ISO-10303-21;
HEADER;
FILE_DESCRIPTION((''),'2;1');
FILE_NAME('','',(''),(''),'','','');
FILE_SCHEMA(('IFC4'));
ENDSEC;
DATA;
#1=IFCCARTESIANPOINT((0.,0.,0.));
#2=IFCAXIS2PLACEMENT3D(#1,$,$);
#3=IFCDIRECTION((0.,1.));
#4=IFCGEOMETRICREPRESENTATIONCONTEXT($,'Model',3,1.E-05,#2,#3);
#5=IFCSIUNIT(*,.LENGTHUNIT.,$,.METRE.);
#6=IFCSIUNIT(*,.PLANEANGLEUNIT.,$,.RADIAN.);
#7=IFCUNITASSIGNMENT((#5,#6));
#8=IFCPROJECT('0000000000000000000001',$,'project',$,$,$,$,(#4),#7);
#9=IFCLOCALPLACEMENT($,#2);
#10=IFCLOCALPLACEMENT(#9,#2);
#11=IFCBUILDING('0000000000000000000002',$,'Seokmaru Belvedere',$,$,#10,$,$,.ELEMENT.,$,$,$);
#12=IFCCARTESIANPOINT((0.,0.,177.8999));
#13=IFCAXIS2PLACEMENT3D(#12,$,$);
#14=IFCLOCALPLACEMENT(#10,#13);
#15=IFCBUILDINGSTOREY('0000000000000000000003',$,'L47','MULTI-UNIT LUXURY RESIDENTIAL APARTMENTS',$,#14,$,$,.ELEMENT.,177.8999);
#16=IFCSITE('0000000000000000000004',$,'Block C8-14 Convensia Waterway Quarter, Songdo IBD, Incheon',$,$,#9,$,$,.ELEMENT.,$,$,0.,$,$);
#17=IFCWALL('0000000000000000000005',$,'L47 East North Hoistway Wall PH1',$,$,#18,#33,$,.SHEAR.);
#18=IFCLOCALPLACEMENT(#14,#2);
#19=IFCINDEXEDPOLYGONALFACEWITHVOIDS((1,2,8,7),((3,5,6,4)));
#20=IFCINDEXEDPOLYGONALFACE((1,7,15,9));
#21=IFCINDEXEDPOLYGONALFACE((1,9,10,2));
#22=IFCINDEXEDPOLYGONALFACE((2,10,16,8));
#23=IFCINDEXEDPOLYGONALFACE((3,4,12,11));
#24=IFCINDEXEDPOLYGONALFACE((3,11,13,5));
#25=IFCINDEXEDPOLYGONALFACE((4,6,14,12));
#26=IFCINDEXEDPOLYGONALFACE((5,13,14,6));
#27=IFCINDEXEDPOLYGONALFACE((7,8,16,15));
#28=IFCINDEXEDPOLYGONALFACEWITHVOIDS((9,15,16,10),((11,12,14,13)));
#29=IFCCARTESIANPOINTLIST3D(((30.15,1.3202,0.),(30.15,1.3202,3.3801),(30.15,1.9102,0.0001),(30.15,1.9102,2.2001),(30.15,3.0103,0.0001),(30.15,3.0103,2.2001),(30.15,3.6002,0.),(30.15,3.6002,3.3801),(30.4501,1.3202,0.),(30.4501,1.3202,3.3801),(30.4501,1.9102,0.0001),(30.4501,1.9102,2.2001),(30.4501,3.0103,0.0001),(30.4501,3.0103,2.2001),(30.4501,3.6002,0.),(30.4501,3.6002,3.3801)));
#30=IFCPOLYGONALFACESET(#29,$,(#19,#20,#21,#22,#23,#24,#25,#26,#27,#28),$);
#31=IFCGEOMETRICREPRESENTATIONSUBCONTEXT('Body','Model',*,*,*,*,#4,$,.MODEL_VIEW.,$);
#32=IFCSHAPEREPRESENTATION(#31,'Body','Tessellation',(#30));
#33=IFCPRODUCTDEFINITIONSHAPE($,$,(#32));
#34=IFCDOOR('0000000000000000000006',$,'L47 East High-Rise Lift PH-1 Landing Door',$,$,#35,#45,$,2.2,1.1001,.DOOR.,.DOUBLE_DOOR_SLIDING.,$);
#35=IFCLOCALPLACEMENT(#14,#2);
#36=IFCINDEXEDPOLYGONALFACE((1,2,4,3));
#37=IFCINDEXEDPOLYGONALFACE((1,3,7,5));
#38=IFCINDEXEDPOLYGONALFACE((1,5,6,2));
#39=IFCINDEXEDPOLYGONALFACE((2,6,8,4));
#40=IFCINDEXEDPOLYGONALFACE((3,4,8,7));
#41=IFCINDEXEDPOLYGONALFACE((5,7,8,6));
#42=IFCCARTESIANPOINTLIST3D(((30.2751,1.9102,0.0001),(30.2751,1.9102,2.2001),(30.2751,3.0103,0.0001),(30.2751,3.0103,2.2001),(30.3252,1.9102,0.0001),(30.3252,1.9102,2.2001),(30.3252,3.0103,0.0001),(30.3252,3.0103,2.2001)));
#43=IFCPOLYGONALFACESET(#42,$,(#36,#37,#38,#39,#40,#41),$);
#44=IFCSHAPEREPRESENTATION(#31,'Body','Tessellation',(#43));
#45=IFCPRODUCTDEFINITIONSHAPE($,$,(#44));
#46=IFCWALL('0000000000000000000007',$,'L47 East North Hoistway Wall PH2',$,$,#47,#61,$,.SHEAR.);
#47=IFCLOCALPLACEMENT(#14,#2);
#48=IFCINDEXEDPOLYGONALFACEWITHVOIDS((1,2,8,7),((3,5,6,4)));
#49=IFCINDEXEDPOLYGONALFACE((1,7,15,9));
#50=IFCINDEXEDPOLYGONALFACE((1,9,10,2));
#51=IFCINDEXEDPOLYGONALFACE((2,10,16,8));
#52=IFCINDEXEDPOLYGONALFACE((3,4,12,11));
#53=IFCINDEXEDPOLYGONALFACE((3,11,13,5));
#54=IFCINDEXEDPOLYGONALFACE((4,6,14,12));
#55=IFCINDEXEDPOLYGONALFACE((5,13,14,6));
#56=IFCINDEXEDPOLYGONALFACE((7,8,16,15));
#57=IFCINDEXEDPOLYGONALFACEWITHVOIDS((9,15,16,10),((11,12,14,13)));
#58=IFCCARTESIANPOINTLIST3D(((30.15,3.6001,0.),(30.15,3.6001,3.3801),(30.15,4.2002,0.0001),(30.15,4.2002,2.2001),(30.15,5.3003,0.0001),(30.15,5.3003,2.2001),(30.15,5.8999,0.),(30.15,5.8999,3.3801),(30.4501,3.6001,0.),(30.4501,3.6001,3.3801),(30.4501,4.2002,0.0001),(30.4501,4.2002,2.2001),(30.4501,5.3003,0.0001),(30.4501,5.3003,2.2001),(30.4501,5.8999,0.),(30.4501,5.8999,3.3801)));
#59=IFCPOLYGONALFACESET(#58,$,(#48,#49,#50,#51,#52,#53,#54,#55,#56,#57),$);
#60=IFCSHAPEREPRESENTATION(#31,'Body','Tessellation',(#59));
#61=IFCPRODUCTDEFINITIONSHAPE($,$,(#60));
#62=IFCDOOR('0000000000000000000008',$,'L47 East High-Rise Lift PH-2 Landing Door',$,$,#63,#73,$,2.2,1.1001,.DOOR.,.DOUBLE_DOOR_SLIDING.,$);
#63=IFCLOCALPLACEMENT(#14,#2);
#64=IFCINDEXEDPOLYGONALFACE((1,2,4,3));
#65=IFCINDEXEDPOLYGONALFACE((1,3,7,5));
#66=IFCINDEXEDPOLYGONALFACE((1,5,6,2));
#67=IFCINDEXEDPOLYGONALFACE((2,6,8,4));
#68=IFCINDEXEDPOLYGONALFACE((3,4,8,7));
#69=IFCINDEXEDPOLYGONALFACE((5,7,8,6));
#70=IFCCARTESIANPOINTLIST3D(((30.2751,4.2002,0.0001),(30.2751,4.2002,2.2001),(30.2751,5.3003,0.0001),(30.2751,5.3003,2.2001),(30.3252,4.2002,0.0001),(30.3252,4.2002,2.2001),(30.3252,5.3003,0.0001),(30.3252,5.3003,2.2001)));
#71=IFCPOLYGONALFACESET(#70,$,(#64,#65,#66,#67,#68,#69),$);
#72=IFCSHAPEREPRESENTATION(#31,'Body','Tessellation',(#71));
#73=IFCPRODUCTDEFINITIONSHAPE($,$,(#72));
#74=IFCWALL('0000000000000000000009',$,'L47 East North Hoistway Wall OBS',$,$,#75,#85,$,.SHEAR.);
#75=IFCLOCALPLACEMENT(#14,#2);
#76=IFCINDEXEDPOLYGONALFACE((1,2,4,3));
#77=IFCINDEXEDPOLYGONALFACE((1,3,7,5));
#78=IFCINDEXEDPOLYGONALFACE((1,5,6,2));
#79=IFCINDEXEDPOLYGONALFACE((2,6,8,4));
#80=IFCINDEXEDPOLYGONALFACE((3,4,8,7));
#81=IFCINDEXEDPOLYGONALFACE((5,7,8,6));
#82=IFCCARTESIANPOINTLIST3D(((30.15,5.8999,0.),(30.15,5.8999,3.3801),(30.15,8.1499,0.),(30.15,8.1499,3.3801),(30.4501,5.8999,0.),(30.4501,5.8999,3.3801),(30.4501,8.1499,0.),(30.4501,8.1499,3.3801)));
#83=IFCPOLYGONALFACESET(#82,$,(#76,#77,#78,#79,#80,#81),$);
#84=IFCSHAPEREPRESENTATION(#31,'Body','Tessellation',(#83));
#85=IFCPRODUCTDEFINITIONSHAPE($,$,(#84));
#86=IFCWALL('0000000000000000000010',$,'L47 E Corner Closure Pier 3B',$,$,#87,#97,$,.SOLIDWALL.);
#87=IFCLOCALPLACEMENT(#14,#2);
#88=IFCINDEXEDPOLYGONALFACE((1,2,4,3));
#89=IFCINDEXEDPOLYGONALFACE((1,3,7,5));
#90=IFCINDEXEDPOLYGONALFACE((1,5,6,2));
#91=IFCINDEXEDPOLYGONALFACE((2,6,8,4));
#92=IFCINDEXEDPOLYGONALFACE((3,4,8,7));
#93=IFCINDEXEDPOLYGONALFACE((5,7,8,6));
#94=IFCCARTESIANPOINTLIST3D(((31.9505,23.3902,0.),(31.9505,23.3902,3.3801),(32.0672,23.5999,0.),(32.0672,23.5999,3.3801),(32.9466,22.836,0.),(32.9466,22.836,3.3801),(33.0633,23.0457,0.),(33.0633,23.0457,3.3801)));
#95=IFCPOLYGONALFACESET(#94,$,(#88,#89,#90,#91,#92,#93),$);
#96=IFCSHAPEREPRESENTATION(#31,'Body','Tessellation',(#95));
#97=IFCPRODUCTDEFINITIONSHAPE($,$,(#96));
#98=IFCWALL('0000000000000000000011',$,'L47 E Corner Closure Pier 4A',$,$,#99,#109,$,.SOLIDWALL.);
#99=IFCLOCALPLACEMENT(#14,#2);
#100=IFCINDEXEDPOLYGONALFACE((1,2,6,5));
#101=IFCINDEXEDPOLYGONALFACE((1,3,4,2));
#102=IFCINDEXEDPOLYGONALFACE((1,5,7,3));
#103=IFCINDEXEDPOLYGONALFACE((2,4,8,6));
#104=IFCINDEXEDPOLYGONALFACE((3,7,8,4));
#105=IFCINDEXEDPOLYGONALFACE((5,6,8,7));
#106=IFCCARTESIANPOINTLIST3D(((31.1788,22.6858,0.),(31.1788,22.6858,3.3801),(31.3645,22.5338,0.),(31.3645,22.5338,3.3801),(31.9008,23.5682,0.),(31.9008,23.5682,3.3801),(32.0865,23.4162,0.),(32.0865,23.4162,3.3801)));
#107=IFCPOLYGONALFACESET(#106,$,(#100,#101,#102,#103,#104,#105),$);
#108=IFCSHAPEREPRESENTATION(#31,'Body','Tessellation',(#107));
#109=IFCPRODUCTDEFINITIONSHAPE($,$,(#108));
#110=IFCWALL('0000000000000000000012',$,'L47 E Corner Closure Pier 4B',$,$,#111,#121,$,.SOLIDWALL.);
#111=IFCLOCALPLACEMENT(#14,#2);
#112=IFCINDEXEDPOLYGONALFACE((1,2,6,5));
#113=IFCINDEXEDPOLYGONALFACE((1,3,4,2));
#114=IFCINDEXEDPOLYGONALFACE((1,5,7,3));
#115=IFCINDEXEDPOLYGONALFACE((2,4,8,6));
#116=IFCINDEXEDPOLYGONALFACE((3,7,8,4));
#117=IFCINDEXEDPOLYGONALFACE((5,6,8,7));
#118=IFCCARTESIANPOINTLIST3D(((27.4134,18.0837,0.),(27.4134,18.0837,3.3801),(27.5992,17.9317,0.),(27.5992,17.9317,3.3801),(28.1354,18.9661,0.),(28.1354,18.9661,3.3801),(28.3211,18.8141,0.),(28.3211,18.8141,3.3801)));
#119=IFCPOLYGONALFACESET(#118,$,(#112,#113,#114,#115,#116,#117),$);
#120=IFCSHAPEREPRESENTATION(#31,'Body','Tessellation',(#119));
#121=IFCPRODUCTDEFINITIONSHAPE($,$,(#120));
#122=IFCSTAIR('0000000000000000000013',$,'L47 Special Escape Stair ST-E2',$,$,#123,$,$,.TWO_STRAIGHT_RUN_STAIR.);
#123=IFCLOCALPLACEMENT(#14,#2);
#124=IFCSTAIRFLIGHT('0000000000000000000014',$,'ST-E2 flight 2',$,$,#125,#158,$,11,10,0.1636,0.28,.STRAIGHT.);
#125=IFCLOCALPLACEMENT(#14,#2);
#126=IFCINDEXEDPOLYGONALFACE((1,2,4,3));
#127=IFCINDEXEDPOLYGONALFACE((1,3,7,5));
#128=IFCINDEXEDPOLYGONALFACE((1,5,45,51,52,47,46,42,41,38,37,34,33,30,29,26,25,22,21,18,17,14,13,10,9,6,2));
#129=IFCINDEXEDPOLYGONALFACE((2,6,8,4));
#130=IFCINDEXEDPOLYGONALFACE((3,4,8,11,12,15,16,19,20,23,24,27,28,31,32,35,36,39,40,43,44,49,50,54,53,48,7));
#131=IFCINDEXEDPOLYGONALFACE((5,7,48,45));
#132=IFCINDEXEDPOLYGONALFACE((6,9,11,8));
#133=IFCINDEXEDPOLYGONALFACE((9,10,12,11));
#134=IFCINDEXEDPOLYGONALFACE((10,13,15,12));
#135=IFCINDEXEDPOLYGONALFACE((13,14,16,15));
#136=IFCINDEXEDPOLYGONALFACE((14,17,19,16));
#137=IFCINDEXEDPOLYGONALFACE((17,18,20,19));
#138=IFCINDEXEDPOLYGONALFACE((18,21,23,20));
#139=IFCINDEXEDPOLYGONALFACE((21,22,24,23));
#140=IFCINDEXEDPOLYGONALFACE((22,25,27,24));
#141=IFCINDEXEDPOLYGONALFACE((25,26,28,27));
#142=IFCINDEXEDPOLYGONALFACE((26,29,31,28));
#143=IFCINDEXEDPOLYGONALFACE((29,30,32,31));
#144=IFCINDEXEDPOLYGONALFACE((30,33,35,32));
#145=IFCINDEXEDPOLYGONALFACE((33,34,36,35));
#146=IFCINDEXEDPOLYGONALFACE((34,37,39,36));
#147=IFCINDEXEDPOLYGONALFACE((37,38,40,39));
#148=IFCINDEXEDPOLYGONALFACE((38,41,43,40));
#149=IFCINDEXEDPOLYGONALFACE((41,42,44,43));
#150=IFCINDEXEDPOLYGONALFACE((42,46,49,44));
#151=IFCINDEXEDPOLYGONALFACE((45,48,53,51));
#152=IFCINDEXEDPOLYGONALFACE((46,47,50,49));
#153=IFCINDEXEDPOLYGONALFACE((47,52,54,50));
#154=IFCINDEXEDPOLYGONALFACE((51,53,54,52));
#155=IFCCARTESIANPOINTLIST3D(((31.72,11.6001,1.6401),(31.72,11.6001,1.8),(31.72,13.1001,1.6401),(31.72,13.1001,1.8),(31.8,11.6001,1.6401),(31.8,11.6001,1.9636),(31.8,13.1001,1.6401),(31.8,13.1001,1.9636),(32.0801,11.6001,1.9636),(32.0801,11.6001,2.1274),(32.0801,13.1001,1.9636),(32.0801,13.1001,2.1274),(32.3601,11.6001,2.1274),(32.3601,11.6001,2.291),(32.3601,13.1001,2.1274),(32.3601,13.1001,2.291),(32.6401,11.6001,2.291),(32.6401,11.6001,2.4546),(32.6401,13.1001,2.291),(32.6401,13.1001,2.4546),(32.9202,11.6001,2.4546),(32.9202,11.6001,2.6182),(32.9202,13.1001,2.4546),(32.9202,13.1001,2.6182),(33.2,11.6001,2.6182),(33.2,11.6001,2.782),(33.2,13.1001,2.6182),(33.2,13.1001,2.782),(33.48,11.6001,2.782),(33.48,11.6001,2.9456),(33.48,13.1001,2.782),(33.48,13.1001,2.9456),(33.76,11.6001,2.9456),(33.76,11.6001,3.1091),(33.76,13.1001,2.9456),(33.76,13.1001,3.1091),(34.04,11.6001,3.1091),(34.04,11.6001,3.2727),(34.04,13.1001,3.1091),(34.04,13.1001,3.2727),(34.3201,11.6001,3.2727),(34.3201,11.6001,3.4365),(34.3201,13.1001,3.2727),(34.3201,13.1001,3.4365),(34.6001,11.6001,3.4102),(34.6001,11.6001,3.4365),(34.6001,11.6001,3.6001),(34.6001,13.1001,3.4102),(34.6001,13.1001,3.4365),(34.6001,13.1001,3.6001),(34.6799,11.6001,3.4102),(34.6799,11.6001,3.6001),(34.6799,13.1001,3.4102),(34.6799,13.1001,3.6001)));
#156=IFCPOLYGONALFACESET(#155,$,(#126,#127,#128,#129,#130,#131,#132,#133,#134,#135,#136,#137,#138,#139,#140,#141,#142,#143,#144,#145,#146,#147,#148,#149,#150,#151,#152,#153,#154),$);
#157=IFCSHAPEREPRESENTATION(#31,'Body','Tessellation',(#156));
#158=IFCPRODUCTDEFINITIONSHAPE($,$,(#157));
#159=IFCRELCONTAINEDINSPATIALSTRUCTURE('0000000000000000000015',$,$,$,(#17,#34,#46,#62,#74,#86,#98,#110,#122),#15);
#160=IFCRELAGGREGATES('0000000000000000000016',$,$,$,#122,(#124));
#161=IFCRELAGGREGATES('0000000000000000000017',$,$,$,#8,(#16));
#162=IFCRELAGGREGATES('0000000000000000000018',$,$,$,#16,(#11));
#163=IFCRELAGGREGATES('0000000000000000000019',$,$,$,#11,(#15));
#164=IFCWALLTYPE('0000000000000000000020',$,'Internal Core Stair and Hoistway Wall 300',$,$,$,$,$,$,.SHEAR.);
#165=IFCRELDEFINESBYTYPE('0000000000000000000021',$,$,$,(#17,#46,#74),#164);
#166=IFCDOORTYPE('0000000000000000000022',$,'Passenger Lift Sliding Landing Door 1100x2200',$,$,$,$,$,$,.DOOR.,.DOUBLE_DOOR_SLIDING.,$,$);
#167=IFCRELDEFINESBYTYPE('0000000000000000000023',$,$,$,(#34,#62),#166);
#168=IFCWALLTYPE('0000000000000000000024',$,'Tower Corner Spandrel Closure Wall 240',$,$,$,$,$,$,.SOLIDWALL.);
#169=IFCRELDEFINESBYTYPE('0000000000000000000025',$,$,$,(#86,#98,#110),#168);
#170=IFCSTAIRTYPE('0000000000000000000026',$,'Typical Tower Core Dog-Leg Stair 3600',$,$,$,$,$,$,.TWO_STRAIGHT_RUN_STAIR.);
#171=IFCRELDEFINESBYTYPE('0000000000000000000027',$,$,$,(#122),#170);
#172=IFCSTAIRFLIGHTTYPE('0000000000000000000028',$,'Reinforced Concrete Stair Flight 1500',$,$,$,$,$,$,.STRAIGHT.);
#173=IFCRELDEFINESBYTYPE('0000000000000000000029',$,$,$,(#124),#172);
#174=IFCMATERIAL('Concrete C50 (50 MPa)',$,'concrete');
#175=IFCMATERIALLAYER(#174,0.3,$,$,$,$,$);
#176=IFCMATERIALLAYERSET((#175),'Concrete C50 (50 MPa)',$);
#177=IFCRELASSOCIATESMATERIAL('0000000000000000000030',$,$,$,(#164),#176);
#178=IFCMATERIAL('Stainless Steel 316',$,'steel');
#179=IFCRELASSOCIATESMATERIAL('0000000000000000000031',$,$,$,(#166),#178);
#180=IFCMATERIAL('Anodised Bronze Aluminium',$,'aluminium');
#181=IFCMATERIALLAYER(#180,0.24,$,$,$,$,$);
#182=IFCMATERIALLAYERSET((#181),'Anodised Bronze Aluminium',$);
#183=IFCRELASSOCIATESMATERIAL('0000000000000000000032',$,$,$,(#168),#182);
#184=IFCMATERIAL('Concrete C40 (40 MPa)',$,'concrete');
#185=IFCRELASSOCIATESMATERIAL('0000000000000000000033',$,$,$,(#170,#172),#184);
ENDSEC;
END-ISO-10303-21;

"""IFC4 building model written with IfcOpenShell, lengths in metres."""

from ifc_helpers import new_model, si_unit, direction, frame, frame_2d, origin, place, context, subcontext, project, spatial, polyline, rectangle, outline, extrude, source, transform, mapped, material, layer, layer_set, type_object, type_shapes, element, fill, aggregate, save


model = new_model("IFC4")

# Units and contexts
model_context = context("Model", 3, precision=1e-05, world=origin(), true_north=direction((0.0, 1.0)))
body_context = subcontext(model_context, "Body", "Model", "MODEL_VIEW")
ifc_project = project(units=[si_unit("LENGTHUNIT", "METRE"), si_unit("PLANEANGLEUNIT", "RADIAN")], contexts=[model_context])

# Site, building, storey
site_placement = place(None, origin())
site = spatial("IfcSite", under=ifc_project, at=site_placement, Name="Block C8-14 Convensia Waterway Quarter, Songdo IBD, Incheon", CompositionType="ELEMENT", RefElevation=0.0)
building_placement = place(site_placement, origin())
building = spatial("IfcBuilding", under=site, at=building_placement, Name="Seokmaru Belvedere", CompositionType="ELEMENT")
storey_placement = place(building_placement, frame((0.0, 0.0, 177.8999)))
storey = spatial("IfcBuildingStorey", under=building, at=storey_placement, Name="L47", Description="MULTI-UNIT LUXURY RESIDENTIAL APARTMENTS", CompositionType="ELEMENT", Elevation=177.8999)

# Shared definitions
ifc_material_1 = material(Name="Anodised Bronze Aluminium", Category="aluminium")

# Shared definitions
ifc_material_2 = material(Name="Concrete C50 (50 MPa)", Category="concrete")

# Walls, openings, doors
ifc_layer_1 = layer(ifc_material_2, 0.3)
ifc_layer_set_1 = layer_set([ifc_layer_1], Name="Concrete C50 (50 MPa)")
wall_type_1 = type_object("IfcWallType", Name="Internal Core Stair and Hoistway Wall 300", PredefinedType="SHEAR", material=ifc_layer_set_1)
wall_1_placement = place(storey_placement, frame((30.3, 1.3201, 0.0), z_axis=(0.0, 0.0, 1.0), x_axis=(0.0, 1.0, 0.0)))
wall_1 = element("IfcWall", 1, at=wall_1_placement, inside=storey, type_object=wall_type_1, Name="L47 East North Hoistway Wall PH1", PredefinedType="SHEAR", context=body_context, shape_type="SweptSolid", body=[
    extrude(rectangle(XDim=2.28, YDim=0.3, at=frame_2d((1.1401, 0.0))), origin(), (0.0, 0.0, 1.0), 3.3801),
])
opening_1_placement = place(wall_1_placement, frame((0.5901, 0.0, 0.0)))
opening_1 = element("IfcOpeningElement", 2, at=opening_1_placement, cuts=wall_1, PredefinedType="OPENING", context=body_context, shape_type="SweptSolid", body=[
    extrude(rectangle(XDim=1.1001, YDim=2.2, at=frame_2d((0.55, 1.1001))), frame((0.0, 0.1602, 0.0), z_axis=(0.0, -1.0, 0.0), x_axis=(1.0, 0.0, 0.0)), (0.0, 0.0, 1.0), 0.3201),
])
ifc_material_3 = material(Name="Stainless Steel 316", Category="steel")
door_type_1 = type_object("IfcDoorType", Name="Passenger Lift Sliding Landing Door 1100x2200", OperationType="DOUBLE_DOOR_SLIDING", PredefinedType="DOOR", material=ifc_material_3)
shared_shape_1 = source(origin(), body_context, "Body", "SweptSolid", [
    extrude(rectangle(XDim=1.1001, YDim=2.2, at=frame_2d((0.55, 1.1001))), frame((0.0, 0.0249, 0.0), z_axis=(0.0, -1.0, 0.0), x_axis=(1.0, 0.0, 0.0)), (0.0, 0.0, 1.0), 0.05),
])
type_shapes(door_type_1, [shared_shape_1])
door_1_placement = place(opening_1_placement, origin())
door_1 = element("IfcDoor", 3, at=door_1_placement, inside=storey, type_object=door_type_1, Name="L47 East High-Rise Lift PH-1 Landing Door", OperationType="DOUBLE_DOOR_SLIDING", OverallHeight=2.2, OverallWidth=1.1001, PredefinedType="DOOR", context=body_context, shape_type="MappedRepresentation", body=[
    mapped(shared_shape_1, transform((0.0, 0.0, 0.0), scale=1.0)),
])
fill(opening_1, door_1)
wall_2_placement = place(storey_placement, frame((30.3, 3.6001, 0.0), z_axis=(0.0, 0.0, 1.0), x_axis=(0.0, 1.0, 0.0)))
wall_2 = element("IfcWall", 4, at=wall_2_placement, inside=storey, type_object=wall_type_1, Name="L47 East North Hoistway Wall PH2", PredefinedType="SHEAR", context=body_context, shape_type="SweptSolid", body=[
    extrude(rectangle(XDim=2.2998, YDim=0.3, at=frame_2d((1.1499, 0.0))), origin(), (0.0, 0.0, 1.0), 3.3801),
])
opening_2_placement = place(wall_2_placement, frame((0.6001, 0.0, 0.0)))
opening_2 = element("IfcOpeningElement", 5, at=opening_2_placement, cuts=wall_2, PredefinedType="OPENING", context=body_context, shape_type="SweptSolid", body=[
    extrude(rectangle(XDim=1.1001, YDim=2.2, at=frame_2d((0.55, 1.1001))), frame((0.0, 0.1602, 0.0), z_axis=(0.0, -1.0, 0.0), x_axis=(1.0, 0.0, 0.0)), (0.0, 0.0, 1.0), 0.3201),
])
door_2_placement = place(opening_2_placement, origin())
door_2 = element("IfcDoor", 6, at=door_2_placement, inside=storey, type_object=door_type_1, Name="L47 East High-Rise Lift PH-2 Landing Door", OperationType="DOUBLE_DOOR_SLIDING", OverallHeight=2.2, OverallWidth=1.1001, PredefinedType="DOOR", context=body_context, shape_type="MappedRepresentation", body=[
    mapped(shared_shape_1, transform((0.0, 0.0, 0.0), scale=1.0)),
])
fill(opening_2, door_2)

# Wall
wall_3_placement = place(storey_placement, frame((30.3, 5.8999, 0.0), z_axis=(0.0, 0.0, 1.0), x_axis=(0.0, 1.0, 0.0)))
element("IfcWall", 7, at=wall_3_placement, inside=storey, type_object=wall_type_1, Name="L47 East North Hoistway Wall OBS", PredefinedType="SHEAR", context=body_context, shape_type="SweptSolid", body=[
    extrude(rectangle(XDim=2.25, YDim=0.3, at=frame_2d((1.125, 0.0))), origin(), (0.0, 0.0, 1.0), 3.3801),
])

# Walls
ifc_layer_2 = layer(ifc_material_1, 0.24)
ifc_layer_set_2 = layer_set([ifc_layer_2], Name="Anodised Bronze Aluminium")
wall_type_2 = type_object("IfcWallType", Name="Tower Corner Spandrel Closure Wall 240", PredefinedType="SOLIDWALL", material=ifc_layer_set_2)
wall_4_placement = place(storey_placement, frame((33.0049, 22.9409, 0.0), z_axis=(0.0, 0.0, 1.0), x_axis=(-0.873854, 0.486188, 0.0)))
element("IfcWall", 8, at=wall_4_placement, inside=storey, type_object=wall_type_2, Name="L47 E Corner Closure Pier 3B", PredefinedType="SOLIDWALL", context=body_context, shape_type="SweptSolid", body=[
    extrude(rectangle(XDim=1.1399, YDim=0.24, at=frame_2d((0.5698, 0.0))), origin(), (0.0, 0.0, 1.0), 3.3801),
])
for number, where, z_axis, x_axis, name in (
    (9, (31.9937, 23.4922, 0.0), (0.0, 0.0, 1.0), (-0.633249, -0.773948, 0.0), "L47 E Corner Closure Pier 4A"),
    (10, (28.2283, 18.8901, 0.0), (0.0, 0.0, 1.0), (-0.633249, -0.773948, 0.0), "L47 E Corner Closure Pier 4B"),
):
    element("IfcWall", number, at=place(storey_placement, frame(where, z_axis=z_axis, x_axis=x_axis)), inside=storey, type_object=wall_type_2, Name=name, PredefinedType="SOLIDWALL", context=body_context, shape_type="SweptSolid", body=[
        extrude(rectangle(XDim=1.1401, YDim=0.24, at=frame_2d((0.5701, 0.0))), origin(), (0.0, 0.0, 1.0), 3.3801),
    ])

# Stair, stair flight
ifc_material_4 = material(Name="Concrete C40 (40 MPa)", Category="concrete")
stair_type = type_object("IfcStairType", Name="Typical Tower Core Dog-Leg Stair 3600", PredefinedType="TWO_STRAIGHT_RUN_STAIR", material=ifc_material_4)
stair_placement = place(storey_placement, origin())
stair = element("IfcStair", 11, at=stair_placement, inside=storey, type_object=stair_type, Name="L47 Special Escape Stair ST-E2", PredefinedType="TWO_STRAIGHT_RUN_STAIR")
stair_flight_type = type_object("IfcStairFlightType", Name="Reinforced Concrete Stair Flight 1500", PredefinedType="STRAIGHT", material=ifc_material_4)
stair_flight_placement = place(storey_placement, frame((31.8, 12.3501, 1.8), z_axis=(0.0, 0.0, 1.0), x_axis=(1.0, 0.0, 0.0)))
stair_flight = element("IfcStairFlight", 12, at=stair_flight_placement, type_object=stair_flight_type, Name="ST-E2 flight 2", NumberOfRisers=11, NumberOfTreads=10, PredefinedType="STRAIGHT", RiserHeight=0.1636, TreadLength=0.28, context=body_context, shape_type="SweptSolid", body=[
    extrude(outline(polyline([(-0.0801, 0.0), (0.0, 0.1636), (0.28, 0.1636), (0.28, 0.3274), (0.5601, 0.3274), (0.5601, 0.491), (0.8401, 0.491), (0.8401, 0.6545), (1.1201, 0.6545), (1.1201, 0.8181), (1.3999, 0.8181), (1.3999, 0.9819), (1.6799, 0.9819), (1.6799, 1.1455), (1.96, 1.1455), (1.96, 1.3091), (2.24, 1.3091), (2.24, 1.4727), (2.52, 1.4727), (2.52, 1.6365), (2.8, 1.6365), (2.8, 1.8), (2.8799, 1.8), (2.8799, 1.6101), (2.8, 1.6101), (0.0, -0.1599), (-0.0801, -0.1599), (-0.0801, 0.0)])), frame((0.0, 0.75, 0.0), z_axis=(0.0, -1.0, 0.0), x_axis=(1.0, 0.0, 0.0)), (0.0, 0.0, 1.0), 1.5),
])
aggregate(stair, [stair_flight])

save(model, "model.ifc")
